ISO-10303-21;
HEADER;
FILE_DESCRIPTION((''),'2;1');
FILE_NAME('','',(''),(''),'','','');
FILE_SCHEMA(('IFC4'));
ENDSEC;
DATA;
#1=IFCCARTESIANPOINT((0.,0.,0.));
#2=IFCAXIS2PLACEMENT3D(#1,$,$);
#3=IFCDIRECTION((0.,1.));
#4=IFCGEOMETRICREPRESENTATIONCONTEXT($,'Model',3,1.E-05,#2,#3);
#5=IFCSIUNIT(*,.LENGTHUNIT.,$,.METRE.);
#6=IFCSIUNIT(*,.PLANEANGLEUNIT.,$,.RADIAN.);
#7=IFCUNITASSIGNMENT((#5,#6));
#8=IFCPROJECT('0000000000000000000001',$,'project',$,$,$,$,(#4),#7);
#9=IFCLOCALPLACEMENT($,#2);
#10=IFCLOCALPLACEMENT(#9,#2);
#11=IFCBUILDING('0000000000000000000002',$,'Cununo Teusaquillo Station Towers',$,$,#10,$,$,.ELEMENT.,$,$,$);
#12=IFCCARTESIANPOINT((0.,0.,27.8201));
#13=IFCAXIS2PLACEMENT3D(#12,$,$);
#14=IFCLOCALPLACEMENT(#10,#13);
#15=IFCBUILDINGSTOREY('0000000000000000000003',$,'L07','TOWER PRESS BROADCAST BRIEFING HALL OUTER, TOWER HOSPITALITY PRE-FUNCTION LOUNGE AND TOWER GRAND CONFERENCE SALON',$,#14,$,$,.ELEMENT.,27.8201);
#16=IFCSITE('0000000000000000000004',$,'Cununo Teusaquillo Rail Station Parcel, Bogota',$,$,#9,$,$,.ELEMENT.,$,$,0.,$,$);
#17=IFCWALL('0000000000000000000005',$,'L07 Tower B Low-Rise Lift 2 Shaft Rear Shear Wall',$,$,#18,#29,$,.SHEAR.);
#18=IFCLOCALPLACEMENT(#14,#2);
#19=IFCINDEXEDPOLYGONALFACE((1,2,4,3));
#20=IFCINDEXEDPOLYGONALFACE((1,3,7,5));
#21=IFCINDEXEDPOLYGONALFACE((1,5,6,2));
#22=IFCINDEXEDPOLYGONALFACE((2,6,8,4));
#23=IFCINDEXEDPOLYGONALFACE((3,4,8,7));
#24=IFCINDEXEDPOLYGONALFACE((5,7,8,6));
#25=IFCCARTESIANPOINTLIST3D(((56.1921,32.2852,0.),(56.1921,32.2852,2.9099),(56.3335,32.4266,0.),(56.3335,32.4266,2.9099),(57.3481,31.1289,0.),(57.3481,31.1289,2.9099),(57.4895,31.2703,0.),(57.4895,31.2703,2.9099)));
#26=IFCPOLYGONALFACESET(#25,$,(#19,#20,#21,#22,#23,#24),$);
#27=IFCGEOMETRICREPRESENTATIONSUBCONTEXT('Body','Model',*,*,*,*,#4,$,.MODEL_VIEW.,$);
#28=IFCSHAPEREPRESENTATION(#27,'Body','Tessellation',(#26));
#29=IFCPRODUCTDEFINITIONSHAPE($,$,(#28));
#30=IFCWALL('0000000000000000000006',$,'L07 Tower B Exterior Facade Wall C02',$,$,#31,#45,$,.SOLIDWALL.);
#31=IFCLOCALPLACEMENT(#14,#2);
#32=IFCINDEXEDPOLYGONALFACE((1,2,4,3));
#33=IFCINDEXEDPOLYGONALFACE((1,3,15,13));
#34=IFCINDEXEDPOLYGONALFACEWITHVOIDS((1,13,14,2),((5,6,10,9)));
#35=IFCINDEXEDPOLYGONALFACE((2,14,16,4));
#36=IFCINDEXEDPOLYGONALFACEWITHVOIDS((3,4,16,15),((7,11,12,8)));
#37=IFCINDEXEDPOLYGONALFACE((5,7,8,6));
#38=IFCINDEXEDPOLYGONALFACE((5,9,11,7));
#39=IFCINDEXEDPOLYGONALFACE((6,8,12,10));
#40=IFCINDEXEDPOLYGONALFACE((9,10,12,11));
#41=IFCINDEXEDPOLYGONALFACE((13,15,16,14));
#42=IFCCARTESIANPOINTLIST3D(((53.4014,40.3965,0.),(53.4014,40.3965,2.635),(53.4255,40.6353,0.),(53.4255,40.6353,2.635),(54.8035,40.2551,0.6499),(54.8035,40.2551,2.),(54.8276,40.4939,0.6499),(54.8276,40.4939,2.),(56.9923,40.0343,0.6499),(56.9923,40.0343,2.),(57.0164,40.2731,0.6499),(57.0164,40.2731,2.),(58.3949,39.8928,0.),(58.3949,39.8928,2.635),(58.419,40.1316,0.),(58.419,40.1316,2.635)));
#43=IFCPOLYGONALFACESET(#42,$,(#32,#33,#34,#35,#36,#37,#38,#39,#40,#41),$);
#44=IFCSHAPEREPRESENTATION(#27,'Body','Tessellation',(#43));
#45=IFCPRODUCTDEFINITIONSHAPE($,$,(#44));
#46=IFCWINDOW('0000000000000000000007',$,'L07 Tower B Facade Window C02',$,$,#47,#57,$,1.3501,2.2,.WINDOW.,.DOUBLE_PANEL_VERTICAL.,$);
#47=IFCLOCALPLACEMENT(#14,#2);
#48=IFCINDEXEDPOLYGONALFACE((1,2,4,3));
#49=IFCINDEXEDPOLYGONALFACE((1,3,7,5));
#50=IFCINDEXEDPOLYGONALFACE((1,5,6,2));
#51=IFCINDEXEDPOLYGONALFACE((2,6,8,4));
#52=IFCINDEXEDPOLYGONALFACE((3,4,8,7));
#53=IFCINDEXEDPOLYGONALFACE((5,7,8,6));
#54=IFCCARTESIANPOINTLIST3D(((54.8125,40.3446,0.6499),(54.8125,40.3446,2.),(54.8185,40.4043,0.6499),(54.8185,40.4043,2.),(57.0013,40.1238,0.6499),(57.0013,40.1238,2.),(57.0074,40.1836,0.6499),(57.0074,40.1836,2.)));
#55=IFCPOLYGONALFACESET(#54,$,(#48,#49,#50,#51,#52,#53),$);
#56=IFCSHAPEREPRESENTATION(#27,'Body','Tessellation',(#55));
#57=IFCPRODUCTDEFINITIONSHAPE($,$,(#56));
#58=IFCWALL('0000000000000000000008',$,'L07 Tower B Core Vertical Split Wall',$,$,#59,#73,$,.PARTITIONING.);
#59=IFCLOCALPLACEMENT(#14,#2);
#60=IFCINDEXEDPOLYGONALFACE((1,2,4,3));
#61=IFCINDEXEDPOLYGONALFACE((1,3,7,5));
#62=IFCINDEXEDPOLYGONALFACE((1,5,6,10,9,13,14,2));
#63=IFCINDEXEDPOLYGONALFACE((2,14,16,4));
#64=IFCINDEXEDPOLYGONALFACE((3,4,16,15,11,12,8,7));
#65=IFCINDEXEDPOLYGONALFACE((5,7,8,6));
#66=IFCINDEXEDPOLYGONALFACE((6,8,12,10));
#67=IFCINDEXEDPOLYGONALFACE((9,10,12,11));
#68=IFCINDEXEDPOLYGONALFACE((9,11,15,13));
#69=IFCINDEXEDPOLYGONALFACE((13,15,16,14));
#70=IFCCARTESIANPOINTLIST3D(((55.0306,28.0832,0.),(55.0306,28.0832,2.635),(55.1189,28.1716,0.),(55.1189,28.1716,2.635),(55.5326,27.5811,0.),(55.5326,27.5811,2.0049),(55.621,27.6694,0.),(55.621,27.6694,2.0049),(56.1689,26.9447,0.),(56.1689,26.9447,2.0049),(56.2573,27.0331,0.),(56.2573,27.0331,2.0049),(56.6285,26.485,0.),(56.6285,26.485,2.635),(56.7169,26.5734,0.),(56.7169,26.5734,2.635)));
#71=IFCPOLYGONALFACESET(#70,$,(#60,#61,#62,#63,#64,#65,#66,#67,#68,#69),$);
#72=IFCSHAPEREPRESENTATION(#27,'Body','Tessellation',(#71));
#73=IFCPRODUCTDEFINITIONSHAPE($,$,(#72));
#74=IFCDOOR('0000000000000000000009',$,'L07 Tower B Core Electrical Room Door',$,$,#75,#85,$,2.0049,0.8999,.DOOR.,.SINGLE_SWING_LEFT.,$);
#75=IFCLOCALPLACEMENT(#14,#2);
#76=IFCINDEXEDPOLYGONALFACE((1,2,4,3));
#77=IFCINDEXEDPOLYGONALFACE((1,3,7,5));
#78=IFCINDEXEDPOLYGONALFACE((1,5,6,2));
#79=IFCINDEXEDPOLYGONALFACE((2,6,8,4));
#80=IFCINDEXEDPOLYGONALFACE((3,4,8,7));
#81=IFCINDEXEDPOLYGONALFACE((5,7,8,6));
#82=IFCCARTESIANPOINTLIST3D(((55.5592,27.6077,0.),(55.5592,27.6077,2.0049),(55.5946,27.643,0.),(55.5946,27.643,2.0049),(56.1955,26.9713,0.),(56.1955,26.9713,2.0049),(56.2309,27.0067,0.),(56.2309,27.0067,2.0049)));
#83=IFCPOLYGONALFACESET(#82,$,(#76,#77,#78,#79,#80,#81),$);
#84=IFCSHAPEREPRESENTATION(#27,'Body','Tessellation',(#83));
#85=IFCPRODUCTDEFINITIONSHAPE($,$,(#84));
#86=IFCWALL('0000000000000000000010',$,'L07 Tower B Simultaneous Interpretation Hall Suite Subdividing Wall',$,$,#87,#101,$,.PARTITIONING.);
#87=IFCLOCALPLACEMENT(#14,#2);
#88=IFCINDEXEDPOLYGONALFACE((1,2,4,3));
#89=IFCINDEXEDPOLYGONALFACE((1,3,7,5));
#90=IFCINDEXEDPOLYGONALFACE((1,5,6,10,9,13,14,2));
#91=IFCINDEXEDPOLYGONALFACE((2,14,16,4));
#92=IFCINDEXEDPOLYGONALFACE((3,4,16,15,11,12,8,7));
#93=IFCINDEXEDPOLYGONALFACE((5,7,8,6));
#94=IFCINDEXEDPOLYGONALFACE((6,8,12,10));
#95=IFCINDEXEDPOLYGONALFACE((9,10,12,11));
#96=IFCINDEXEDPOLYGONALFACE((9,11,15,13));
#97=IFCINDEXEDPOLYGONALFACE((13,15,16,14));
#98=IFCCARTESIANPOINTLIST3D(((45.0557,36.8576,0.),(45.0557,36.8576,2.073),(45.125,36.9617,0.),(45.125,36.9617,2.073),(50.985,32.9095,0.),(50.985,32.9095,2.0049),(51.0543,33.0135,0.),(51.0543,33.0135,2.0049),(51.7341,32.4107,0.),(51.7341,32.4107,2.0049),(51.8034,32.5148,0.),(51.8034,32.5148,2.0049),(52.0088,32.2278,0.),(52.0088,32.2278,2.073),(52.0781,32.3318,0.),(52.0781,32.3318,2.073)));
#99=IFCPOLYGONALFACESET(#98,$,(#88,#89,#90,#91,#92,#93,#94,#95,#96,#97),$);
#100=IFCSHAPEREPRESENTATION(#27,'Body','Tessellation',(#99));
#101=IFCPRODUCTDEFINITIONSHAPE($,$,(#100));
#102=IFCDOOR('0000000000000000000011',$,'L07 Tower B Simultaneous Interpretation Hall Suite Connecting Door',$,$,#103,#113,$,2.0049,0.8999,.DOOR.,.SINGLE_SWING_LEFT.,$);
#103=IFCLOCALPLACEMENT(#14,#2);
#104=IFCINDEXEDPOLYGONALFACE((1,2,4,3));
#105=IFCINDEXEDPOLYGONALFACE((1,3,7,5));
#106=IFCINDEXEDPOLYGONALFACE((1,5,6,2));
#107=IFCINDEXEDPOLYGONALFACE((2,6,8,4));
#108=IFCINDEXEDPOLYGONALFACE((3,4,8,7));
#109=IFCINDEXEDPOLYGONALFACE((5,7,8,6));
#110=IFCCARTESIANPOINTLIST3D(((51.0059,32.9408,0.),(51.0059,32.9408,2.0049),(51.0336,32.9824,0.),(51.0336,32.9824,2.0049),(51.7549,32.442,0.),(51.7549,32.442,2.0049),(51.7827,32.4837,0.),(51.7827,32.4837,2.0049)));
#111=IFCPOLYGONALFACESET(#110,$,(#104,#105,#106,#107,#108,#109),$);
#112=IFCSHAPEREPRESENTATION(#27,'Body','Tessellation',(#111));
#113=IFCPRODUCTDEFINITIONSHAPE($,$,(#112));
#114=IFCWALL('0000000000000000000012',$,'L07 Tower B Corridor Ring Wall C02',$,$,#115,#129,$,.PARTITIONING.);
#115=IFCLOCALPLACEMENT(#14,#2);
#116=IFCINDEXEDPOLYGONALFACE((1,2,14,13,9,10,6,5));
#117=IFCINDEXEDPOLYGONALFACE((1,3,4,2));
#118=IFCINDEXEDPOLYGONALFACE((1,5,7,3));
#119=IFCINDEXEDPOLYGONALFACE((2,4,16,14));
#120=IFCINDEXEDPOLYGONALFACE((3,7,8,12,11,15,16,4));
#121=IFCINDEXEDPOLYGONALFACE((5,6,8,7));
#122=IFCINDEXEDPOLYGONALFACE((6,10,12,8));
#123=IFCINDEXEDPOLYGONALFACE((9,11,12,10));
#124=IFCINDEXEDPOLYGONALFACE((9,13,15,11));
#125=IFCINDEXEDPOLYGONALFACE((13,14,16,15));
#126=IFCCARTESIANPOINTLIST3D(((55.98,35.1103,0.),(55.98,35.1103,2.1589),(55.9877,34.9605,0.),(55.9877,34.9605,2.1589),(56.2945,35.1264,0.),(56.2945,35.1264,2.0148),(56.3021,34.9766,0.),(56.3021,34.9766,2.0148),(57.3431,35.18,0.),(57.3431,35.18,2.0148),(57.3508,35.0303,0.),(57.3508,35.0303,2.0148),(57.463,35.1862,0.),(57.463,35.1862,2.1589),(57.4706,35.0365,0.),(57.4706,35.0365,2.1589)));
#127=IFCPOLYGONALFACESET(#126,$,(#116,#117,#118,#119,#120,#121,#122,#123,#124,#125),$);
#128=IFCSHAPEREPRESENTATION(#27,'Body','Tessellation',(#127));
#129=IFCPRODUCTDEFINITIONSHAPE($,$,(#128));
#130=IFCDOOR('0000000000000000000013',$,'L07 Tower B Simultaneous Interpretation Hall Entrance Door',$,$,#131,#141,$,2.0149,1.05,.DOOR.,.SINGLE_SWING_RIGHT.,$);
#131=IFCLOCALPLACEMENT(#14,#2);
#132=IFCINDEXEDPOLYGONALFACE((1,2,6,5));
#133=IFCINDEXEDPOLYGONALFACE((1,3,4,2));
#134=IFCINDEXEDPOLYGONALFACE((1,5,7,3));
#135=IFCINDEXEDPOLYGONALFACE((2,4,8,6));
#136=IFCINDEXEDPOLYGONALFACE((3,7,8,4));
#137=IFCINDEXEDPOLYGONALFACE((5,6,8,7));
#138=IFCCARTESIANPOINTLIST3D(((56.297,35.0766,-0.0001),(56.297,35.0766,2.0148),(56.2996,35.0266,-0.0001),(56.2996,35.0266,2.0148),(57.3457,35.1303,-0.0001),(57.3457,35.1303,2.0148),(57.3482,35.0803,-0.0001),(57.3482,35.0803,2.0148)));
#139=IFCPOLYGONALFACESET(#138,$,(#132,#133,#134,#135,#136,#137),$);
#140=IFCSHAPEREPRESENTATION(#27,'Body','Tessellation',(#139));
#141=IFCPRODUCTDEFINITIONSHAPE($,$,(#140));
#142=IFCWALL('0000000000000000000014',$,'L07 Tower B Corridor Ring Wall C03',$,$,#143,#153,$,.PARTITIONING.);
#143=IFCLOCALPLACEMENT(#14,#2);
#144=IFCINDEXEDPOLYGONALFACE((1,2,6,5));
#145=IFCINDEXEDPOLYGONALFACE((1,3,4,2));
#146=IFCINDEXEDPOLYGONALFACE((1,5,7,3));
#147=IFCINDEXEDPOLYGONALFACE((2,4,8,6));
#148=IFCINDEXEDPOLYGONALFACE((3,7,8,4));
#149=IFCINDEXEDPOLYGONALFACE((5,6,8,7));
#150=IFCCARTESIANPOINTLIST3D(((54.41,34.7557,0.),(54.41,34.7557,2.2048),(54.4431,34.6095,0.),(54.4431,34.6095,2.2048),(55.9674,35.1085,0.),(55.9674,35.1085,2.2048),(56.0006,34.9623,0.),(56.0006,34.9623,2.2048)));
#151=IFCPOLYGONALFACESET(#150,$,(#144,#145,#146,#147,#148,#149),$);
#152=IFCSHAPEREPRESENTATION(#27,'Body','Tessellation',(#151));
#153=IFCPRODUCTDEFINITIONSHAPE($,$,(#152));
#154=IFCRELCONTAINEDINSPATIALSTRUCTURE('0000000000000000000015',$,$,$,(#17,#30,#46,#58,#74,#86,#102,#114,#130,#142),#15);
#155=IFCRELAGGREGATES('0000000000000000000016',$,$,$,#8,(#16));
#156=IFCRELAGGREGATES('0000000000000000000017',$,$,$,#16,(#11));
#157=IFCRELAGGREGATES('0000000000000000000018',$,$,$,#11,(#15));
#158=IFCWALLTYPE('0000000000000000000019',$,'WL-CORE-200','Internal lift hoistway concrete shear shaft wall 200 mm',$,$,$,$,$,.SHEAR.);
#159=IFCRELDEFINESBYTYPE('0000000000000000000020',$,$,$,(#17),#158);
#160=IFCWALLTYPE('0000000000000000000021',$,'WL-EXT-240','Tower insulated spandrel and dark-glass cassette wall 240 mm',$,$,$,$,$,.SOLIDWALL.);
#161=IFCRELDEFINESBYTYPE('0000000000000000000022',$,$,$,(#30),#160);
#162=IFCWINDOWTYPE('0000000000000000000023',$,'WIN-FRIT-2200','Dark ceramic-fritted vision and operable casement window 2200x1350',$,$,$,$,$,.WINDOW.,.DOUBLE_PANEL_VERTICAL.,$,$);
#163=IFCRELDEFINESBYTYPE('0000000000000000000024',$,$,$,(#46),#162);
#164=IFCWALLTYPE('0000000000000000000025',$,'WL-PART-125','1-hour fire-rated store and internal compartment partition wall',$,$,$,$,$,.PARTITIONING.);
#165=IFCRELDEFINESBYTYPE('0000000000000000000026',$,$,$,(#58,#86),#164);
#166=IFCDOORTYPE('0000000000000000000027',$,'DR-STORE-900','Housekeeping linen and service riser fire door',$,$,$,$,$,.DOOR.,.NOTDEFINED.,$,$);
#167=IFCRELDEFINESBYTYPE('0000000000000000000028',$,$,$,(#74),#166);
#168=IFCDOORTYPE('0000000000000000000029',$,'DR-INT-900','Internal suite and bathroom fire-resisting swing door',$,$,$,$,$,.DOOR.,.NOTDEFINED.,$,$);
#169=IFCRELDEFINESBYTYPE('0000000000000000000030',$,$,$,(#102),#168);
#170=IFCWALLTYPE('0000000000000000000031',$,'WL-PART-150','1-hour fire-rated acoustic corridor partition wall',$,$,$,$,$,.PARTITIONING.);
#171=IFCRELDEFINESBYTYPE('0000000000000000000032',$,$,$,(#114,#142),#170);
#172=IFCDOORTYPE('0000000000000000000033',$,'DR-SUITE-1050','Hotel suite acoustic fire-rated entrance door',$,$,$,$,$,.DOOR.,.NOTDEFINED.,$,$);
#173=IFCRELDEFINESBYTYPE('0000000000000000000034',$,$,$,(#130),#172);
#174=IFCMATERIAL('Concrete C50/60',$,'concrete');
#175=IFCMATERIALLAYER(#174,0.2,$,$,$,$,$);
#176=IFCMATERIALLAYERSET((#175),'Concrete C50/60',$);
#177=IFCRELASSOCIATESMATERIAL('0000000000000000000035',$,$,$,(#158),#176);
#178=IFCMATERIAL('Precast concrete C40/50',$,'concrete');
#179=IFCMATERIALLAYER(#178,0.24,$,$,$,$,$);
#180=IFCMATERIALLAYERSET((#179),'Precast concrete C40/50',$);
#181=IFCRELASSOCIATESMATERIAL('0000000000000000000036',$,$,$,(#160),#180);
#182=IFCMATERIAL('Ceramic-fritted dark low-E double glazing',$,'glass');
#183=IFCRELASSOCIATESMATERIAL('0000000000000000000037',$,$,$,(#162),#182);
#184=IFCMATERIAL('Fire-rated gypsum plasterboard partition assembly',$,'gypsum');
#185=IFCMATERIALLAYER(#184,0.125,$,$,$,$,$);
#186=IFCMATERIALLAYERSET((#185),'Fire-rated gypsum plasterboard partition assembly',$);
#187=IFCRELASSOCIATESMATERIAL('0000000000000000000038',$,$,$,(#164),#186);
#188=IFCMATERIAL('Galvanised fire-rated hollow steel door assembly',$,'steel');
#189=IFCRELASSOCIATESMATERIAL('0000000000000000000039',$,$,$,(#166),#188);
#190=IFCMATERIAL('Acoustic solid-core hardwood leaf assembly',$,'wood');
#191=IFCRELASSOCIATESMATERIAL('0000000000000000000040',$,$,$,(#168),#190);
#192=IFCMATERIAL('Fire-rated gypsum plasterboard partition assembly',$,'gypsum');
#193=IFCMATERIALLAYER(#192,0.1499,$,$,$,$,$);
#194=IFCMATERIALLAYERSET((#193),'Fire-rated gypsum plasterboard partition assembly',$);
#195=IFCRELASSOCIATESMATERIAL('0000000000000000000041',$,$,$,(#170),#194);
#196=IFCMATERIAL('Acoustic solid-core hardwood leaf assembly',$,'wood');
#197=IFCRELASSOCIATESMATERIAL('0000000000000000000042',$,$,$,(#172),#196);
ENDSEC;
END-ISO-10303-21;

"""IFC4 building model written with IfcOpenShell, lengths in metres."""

from ifc_helpers import new_model, si_unit, direction, frame, frame_2d, origin, place, context, subcontext, project, spatial, rectangle, extrude, source, transform, mapped, material, layer, layer_set, type_object, element, fill, save


model = new_model("IFC4")

# Units and contexts
model_context = context("Model", 3, precision=1e-05, world=origin(), true_north=direction((0.0, 1.0)))
body_context = subcontext(model_context, "Body", "Model", "MODEL_VIEW")
ifc_project = project(units=[si_unit("LENGTHUNIT", "METRE"), si_unit("PLANEANGLEUNIT", "RADIAN")], contexts=[model_context])

# Site, building, storey
site_placement = place(None, origin())
site = spatial("IfcSite", under=ifc_project, at=site_placement, Name="Cununo Teusaquillo Rail Station Parcel, Bogota", CompositionType="ELEMENT", RefElevation=0.0)
building_placement = place(site_placement, origin())
building = spatial("IfcBuilding", under=site, at=building_placement, Name="Cununo Teusaquillo Station Towers", CompositionType="ELEMENT")
storey_placement = place(building_placement, frame((0.0, 0.0, 27.8201)))
storey = spatial("IfcBuildingStorey", under=building, at=storey_placement, Name="L07", Description="TOWER PRESS BROADCAST BRIEFING HALL OUTER, TOWER HOSPITALITY PRE-FUNCTION LOUNGE AND TOWER GRAND CONFERENCE SALON", CompositionType="ELEMENT", Elevation=27.8201)

# Wall
ifc_material_1 = material(Name="Concrete C50/60", Category="concrete")
ifc_layer_1 = layer(ifc_material_1, 0.2)
ifc_layer_set_1 = layer_set([ifc_layer_1], Name="Concrete C50/60")
wall_type_1 = type_object("IfcWallType", Name="WL-CORE-200", Description="Internal lift hoistway concrete shear shaft wall 200 mm", PredefinedType="SHEAR", material=ifc_layer_set_1)
wall_1_placement = place(storey_placement, frame((57.4187, 31.1997, 0.0), z_axis=(0.0, 0.0, 1.0), x_axis=(-0.707032, 0.707181, 0.0)))
element("IfcWall", 1, at=wall_1_placement, inside=storey, type_object=wall_type_1, Name="L07 Tower B Low-Rise Lift 2 Shaft Rear Shear Wall", PredefinedType="SHEAR", context=body_context, shape_type="SweptSolid", body=[
    extrude(rectangle(XDim=1.635, YDim=0.2, at=frame_2d((0.8174, 0.0))), origin(), (0.0, 0.0, 1.0), 2.9099),
])

# Wall, opening, window
ifc_material_2 = material(Name="Precast concrete C40/50", Category="concrete")
ifc_layer_2 = layer(ifc_material_2, 0.24)
ifc_layer_set_2 = layer_set([ifc_layer_2], Name="Precast concrete C40/50")
wall_type_2 = type_object("IfcWallType", Name="WL-EXT-240", Description="Tower insulated spandrel and dark-glass cassette wall 240 mm", PredefinedType="SOLIDWALL", material=ifc_layer_set_2)
wall_2_placement = place(storey_placement, frame((53.4136, 40.5159, 0.0), z_axis=(0.0, 0.0, 1.0), x_axis=(0.994952, -0.100356, 0.0)))
wall_2 = element("IfcWall", 2, at=wall_2_placement, inside=storey, type_object=wall_type_2, Name="L07 Tower B Exterior Facade Wall C02", PredefinedType="SOLIDWALL", context=body_context, shape_type="SweptSolid", body=[
    extrude(rectangle(XDim=5.0188, YDim=0.24, at=frame_2d((2.5093, 0.0))), origin(), (0.0, 0.0, 1.0), 2.635),
])
shared_shape_1 = source(origin(), body_context, "Body", "SweptSolid", [
    extrude(rectangle(XDim=2.2, YDim=1.3501, at=frame_2d((1.1001, 0.675))), frame((0.0, 0.1299, 0.0), z_axis=(0.0, -1.0, 0.0), x_axis=(1.0, 0.0, 0.0)), (0.0, 0.0, 1.0), 0.26),
])
opening_1_placement = place(wall_2_placement, frame((1.4089, 0.0, 0.6499)))
opening_1 = element("IfcOpeningElement", 3, at=opening_1_placement, cuts=wall_2, PredefinedType="OPENING", context=body_context, shape_type="MappedRepresentation", body=[
    mapped(shared_shape_1, transform((0.0, 0.0, 0.0), x_axis=(1.0, 0.0, 0.0), y_axis=(0.0, 1.0, 0.0), z_axis=(0.0, 0.0, 1.0), scale=1.0)),
])
ifc_material_3 = material(Name="Ceramic-fritted dark low-E double glazing", Category="glass")
window_type = type_object("IfcWindowType", Name="WIN-FRIT-2200", Description="Dark ceramic-fritted vision and operable casement window 2200x1350", PartitioningType="DOUBLE_PANEL_VERTICAL", PredefinedType="WINDOW", material=ifc_material_3)
shared_shape_2 = source(origin(), body_context, "Body", "SweptSolid", [
    extrude(rectangle(XDim=2.2, YDim=1.3501, at=frame_2d((1.1001, 0.675))), frame((0.0, 0.03, 0.0), z_axis=(0.0, -1.0, 0.0), x_axis=(1.0, 0.0, 0.0)), (0.0, 0.0, 1.0), 0.0601),
])
window_placement = place(opening_1_placement, origin())
window = element("IfcWindow", 4, at=window_placement, inside=storey, type_object=window_type, Name="L07 Tower B Facade Window C02", OverallHeight=1.3501, OverallWidth=2.2, PartitioningType="DOUBLE_PANEL_VERTICAL", PredefinedType="WINDOW", context=body_context, shape_type="MappedRepresentation", body=[
    mapped(shared_shape_2, transform((0.0, 0.0, 0.0), x_axis=(1.0, 0.0, 0.0), y_axis=(0.0, 1.0, 0.0), z_axis=(0.0, 0.0, 1.0), scale=1.0)),
])
fill(opening_1, window)

# Walls, openings, doors
ifc_material_4 = material(Name="Fire-rated gypsum plasterboard partition assembly", Category="gypsum")
ifc_layer_3 = layer(ifc_material_4, 0.125)
ifc_layer_set_3 = layer_set([ifc_layer_3], Name="Fire-rated gypsum plasterboard partition assembly")
wall_type_3 = type_object("IfcWallType", Name="WL-PART-125", Description="1-hour fire-rated store and internal compartment partition wall", PredefinedType="PARTITIONING", material=ifc_layer_set_3)
wall_3_placement = place(storey_placement, frame((56.6726, 26.5293, 0.0), z_axis=(0.0, 0.0, 1.0), x_axis=(-0.707053, 0.707161, 0.0)))
wall_3 = element("IfcWall", 5, at=wall_3_placement, inside=storey, type_object=wall_type_3, Name="L07 Tower B Core Vertical Split Wall", PredefinedType="PARTITIONING", context=body_context, shape_type="SweptSolid", body=[
    extrude(rectangle(XDim=2.26, YDim=0.125, at=frame_2d((1.1299, 0.0))), origin(), (0.0, 0.0, 1.0), 2.635),
])
shared_shape_3 = source(origin(), body_context, "Body", "SweptSolid", [
    extrude(rectangle(XDim=0.8999, YDim=2.0049, at=frame_2d((0.45, 1.0024))), frame((0.0, 0.0725, 0.0), z_axis=(0.0, -1.0, 0.0), x_axis=(1.0, 0.0, 0.0)), (0.0, 0.0, 1.0), 0.145),
])
opening_2_placement = place(wall_3_placement, frame((0.6499, 0.0, 0.0)))
opening_2 = element("IfcOpeningElement", 6, at=opening_2_placement, cuts=wall_3, PredefinedType="OPENING", context=body_context, shape_type="MappedRepresentation", body=[
    mapped(shared_shape_3, transform((0.0, 0.0, 0.0), x_axis=(1.0, 0.0, 0.0), y_axis=(0.0, 1.0, 0.0), z_axis=(0.0, 0.0, 1.0), scale=1.0)),
])
ifc_material_5 = material(Name="Galvanised fire-rated hollow steel door assembly", Category="steel")
door_type_1 = type_object("IfcDoorType", Name="DR-STORE-900", Description="Housekeeping linen and service riser fire door", OperationType="NOTDEFINED", PredefinedType="DOOR", material=ifc_material_5)
shared_shape_4 = source(origin(), body_context, "Body", "SweptSolid", [
    extrude(rectangle(XDim=0.8999, YDim=2.0049, at=frame_2d((0.45, 1.0024))), frame((0.0, 0.0249, 0.0), z_axis=(0.0, -1.0, 0.0), x_axis=(1.0, 0.0, 0.0)), (0.0, 0.0, 1.0), 0.05),
])
door_1_placement = place(opening_2_placement, origin())
door_1 = element("IfcDoor", 7, at=door_1_placement, inside=storey, type_object=door_type_1, Name="L07 Tower B Core Electrical Room Door", OperationType="SINGLE_SWING_LEFT", OverallHeight=2.0049, OverallWidth=0.8999, PredefinedType="DOOR", context=body_context, shape_type="MappedRepresentation", body=[
    mapped(shared_shape_4, transform((0.0, 0.0, 0.0), x_axis=(1.0, 0.0, 0.0), y_axis=(0.0, 1.0, 0.0), z_axis=(0.0, 0.0, 1.0), scale=1.0)),
])
fill(opening_2, door_1)
wall_4_placement = place(storey_placement, frame((52.0435, 32.2798, 0.0), z_axis=(0.0, 0.0, 1.0), x_axis=(-0.832356, 0.554241, 0.0)))
wall_4 = element("IfcWall", 8, at=wall_4_placement, inside=storey, type_object=wall_type_3, Name="L07 Tower B Simultaneous Interpretation Hall Suite Subdividing Wall", PredefinedType="PARTITIONING", context=body_context, shape_type="SweptSolid", body=[
    extrude(rectangle(XDim=8.3535, YDim=0.125, at=frame_2d((4.1768, 0.0))), origin(), (0.0, 0.0, 1.0), 2.073),
])
opening_3_placement = place(wall_4_placement, frame((0.3301, 0.0, 0.0)))
opening_3 = element("IfcOpeningElement", 9, at=opening_3_placement, cuts=wall_4, PredefinedType="OPENING", context=body_context, shape_type="MappedRepresentation", body=[
    mapped(shared_shape_3, transform((0.0, 0.0, 0.0), x_axis=(1.0, 0.0, 0.0), y_axis=(0.0, 1.0, 0.0), z_axis=(0.0, 0.0, 1.0), scale=1.0)),
])
ifc_material_6 = material(Name="Acoustic solid-core hardwood leaf assembly", Category="wood")
door_type_2 = type_object("IfcDoorType", Name="DR-INT-900", Description="Internal suite and bathroom fire-resisting swing door", OperationType="NOTDEFINED", PredefinedType="DOOR", material=ifc_material_6)
door_2_placement = place(opening_3_placement, origin())
door_2 = element("IfcDoor", 10, at=door_2_placement, inside=storey, type_object=door_type_2, Name="L07 Tower B Simultaneous Interpretation Hall Suite Connecting Door", OperationType="SINGLE_SWING_LEFT", OverallHeight=2.0049, OverallWidth=0.8999, PredefinedType="DOOR", context=body_context, shape_type="MappedRepresentation", body=[
    mapped(shared_shape_4, transform((0.0, 0.0, 0.0), x_axis=(1.0, 0.0, 0.0), y_axis=(0.0, 1.0, 0.0), z_axis=(0.0, 0.0, 1.0), scale=1.0)),
])
fill(opening_3, door_2)
ifc_material_7 = material(Name="Fire-rated gypsum plasterboard partition assembly", Category="gypsum")
ifc_layer_4 = layer(ifc_material_7, 0.1499)
ifc_layer_set_4 = layer_set([ifc_layer_4], Name="Fire-rated gypsum plasterboard partition assembly")
wall_type_4 = type_object("IfcWallType", Name="WL-PART-150", Description="1-hour fire-rated acoustic corridor partition wall", PredefinedType="PARTITIONING", material=ifc_layer_set_4)
wall_5_placement = place(storey_placement, frame((57.4668, 35.1113, 0.0), z_axis=(0.0, 0.0, 1.0), x_axis=(-0.998692, -0.051135, 0.0)))
wall_5 = element("IfcWall", 11, at=wall_5_placement, inside=storey, type_object=wall_type_4, Name="L07 Tower B Corridor Ring Wall C02", PredefinedType="PARTITIONING", context=body_context, shape_type="SweptSolid", body=[
    extrude(rectangle(XDim=1.4849, YDim=0.1499, at=frame_2d((0.7424, 0.0))), origin(), (0.0, 0.0, 1.0), 2.1589),
])
shared_shape_5 = source(origin(), body_context, "Body", "SweptSolid", [
    extrude(rectangle(XDim=1.05, YDim=2.0149, at=frame_2d((0.5249, 1.0073))), frame((0.0, 0.085, 0.0), z_axis=(0.0, -1.0, 0.0), x_axis=(1.0, 0.0, 0.0)), (0.0, 0.0, 1.0), 0.1699),
])
opening_4_placement = place(wall_5_placement, frame((0.1201, 0.0, 0.0)))
opening_4 = element("IfcOpeningElement", 12, at=opening_4_placement, cuts=wall_5, PredefinedType="OPENING", context=body_context, shape_type="MappedRepresentation", body=[
    mapped(shared_shape_5, transform((0.0, 0.0, 0.0), x_axis=(1.0, 0.0, 0.0), y_axis=(0.0, 1.0, 0.0), z_axis=(0.0, 0.0, 1.0), scale=1.0)),
])
ifc_material_8 = material(Name="Acoustic solid-core hardwood leaf assembly", Category="wood")
door_type_3 = type_object("IfcDoorType", Name="DR-SUITE-1050", Description="Hotel suite acoustic fire-rated entrance door", OperationType="NOTDEFINED", PredefinedType="DOOR", material=ifc_material_8)
shared_shape_6 = source(origin(), body_context, "Body", "SweptSolid", [
    extrude(rectangle(XDim=1.05, YDim=2.0149, at=frame_2d((0.5249, 1.0073))), frame((0.0, 0.0249, 0.0), z_axis=(0.0, -1.0, 0.0), x_axis=(1.0, 0.0, 0.0)), (0.0, 0.0, 1.0), 0.05),
])
door_3_placement = place(opening_4_placement, origin())
door_3 = element("IfcDoor", 13, at=door_3_placement, inside=storey, type_object=door_type_3, Name="L07 Tower B Simultaneous Interpretation Hall Entrance Door", OperationType="SINGLE_SWING_RIGHT", OverallHeight=2.0149, OverallWidth=1.05, PredefinedType="DOOR", context=body_context, shape_type="MappedRepresentation", body=[
    mapped(shared_shape_6, transform((0.0, 0.0, 0.0), x_axis=(1.0, 0.0, 0.0), y_axis=(0.0, 1.0, 0.0), z_axis=(0.0, 0.0, 1.0), scale=1.0)),
])
fill(opening_4, door_3)

# Wall
wall_6_placement = place(storey_placement, frame((55.9839, 35.0354, 0.0), z_axis=(0.0, 0.0, 1.0), x_axis=(-0.97529, -0.220927, 0.0)))
element("IfcWall", 14, at=wall_6_placement, inside=storey, type_object=wall_type_4, Name="L07 Tower B Corridor Ring Wall C03", PredefinedType="PARTITIONING", context=body_context, shape_type="SweptSolid", body=[
    extrude(rectangle(XDim=1.5969, YDim=0.1499, at=frame_2d((0.7983, 0.0))), origin(), (0.0, 0.0, 1.0), 2.2048),
])

save(model, "model.ifc")
